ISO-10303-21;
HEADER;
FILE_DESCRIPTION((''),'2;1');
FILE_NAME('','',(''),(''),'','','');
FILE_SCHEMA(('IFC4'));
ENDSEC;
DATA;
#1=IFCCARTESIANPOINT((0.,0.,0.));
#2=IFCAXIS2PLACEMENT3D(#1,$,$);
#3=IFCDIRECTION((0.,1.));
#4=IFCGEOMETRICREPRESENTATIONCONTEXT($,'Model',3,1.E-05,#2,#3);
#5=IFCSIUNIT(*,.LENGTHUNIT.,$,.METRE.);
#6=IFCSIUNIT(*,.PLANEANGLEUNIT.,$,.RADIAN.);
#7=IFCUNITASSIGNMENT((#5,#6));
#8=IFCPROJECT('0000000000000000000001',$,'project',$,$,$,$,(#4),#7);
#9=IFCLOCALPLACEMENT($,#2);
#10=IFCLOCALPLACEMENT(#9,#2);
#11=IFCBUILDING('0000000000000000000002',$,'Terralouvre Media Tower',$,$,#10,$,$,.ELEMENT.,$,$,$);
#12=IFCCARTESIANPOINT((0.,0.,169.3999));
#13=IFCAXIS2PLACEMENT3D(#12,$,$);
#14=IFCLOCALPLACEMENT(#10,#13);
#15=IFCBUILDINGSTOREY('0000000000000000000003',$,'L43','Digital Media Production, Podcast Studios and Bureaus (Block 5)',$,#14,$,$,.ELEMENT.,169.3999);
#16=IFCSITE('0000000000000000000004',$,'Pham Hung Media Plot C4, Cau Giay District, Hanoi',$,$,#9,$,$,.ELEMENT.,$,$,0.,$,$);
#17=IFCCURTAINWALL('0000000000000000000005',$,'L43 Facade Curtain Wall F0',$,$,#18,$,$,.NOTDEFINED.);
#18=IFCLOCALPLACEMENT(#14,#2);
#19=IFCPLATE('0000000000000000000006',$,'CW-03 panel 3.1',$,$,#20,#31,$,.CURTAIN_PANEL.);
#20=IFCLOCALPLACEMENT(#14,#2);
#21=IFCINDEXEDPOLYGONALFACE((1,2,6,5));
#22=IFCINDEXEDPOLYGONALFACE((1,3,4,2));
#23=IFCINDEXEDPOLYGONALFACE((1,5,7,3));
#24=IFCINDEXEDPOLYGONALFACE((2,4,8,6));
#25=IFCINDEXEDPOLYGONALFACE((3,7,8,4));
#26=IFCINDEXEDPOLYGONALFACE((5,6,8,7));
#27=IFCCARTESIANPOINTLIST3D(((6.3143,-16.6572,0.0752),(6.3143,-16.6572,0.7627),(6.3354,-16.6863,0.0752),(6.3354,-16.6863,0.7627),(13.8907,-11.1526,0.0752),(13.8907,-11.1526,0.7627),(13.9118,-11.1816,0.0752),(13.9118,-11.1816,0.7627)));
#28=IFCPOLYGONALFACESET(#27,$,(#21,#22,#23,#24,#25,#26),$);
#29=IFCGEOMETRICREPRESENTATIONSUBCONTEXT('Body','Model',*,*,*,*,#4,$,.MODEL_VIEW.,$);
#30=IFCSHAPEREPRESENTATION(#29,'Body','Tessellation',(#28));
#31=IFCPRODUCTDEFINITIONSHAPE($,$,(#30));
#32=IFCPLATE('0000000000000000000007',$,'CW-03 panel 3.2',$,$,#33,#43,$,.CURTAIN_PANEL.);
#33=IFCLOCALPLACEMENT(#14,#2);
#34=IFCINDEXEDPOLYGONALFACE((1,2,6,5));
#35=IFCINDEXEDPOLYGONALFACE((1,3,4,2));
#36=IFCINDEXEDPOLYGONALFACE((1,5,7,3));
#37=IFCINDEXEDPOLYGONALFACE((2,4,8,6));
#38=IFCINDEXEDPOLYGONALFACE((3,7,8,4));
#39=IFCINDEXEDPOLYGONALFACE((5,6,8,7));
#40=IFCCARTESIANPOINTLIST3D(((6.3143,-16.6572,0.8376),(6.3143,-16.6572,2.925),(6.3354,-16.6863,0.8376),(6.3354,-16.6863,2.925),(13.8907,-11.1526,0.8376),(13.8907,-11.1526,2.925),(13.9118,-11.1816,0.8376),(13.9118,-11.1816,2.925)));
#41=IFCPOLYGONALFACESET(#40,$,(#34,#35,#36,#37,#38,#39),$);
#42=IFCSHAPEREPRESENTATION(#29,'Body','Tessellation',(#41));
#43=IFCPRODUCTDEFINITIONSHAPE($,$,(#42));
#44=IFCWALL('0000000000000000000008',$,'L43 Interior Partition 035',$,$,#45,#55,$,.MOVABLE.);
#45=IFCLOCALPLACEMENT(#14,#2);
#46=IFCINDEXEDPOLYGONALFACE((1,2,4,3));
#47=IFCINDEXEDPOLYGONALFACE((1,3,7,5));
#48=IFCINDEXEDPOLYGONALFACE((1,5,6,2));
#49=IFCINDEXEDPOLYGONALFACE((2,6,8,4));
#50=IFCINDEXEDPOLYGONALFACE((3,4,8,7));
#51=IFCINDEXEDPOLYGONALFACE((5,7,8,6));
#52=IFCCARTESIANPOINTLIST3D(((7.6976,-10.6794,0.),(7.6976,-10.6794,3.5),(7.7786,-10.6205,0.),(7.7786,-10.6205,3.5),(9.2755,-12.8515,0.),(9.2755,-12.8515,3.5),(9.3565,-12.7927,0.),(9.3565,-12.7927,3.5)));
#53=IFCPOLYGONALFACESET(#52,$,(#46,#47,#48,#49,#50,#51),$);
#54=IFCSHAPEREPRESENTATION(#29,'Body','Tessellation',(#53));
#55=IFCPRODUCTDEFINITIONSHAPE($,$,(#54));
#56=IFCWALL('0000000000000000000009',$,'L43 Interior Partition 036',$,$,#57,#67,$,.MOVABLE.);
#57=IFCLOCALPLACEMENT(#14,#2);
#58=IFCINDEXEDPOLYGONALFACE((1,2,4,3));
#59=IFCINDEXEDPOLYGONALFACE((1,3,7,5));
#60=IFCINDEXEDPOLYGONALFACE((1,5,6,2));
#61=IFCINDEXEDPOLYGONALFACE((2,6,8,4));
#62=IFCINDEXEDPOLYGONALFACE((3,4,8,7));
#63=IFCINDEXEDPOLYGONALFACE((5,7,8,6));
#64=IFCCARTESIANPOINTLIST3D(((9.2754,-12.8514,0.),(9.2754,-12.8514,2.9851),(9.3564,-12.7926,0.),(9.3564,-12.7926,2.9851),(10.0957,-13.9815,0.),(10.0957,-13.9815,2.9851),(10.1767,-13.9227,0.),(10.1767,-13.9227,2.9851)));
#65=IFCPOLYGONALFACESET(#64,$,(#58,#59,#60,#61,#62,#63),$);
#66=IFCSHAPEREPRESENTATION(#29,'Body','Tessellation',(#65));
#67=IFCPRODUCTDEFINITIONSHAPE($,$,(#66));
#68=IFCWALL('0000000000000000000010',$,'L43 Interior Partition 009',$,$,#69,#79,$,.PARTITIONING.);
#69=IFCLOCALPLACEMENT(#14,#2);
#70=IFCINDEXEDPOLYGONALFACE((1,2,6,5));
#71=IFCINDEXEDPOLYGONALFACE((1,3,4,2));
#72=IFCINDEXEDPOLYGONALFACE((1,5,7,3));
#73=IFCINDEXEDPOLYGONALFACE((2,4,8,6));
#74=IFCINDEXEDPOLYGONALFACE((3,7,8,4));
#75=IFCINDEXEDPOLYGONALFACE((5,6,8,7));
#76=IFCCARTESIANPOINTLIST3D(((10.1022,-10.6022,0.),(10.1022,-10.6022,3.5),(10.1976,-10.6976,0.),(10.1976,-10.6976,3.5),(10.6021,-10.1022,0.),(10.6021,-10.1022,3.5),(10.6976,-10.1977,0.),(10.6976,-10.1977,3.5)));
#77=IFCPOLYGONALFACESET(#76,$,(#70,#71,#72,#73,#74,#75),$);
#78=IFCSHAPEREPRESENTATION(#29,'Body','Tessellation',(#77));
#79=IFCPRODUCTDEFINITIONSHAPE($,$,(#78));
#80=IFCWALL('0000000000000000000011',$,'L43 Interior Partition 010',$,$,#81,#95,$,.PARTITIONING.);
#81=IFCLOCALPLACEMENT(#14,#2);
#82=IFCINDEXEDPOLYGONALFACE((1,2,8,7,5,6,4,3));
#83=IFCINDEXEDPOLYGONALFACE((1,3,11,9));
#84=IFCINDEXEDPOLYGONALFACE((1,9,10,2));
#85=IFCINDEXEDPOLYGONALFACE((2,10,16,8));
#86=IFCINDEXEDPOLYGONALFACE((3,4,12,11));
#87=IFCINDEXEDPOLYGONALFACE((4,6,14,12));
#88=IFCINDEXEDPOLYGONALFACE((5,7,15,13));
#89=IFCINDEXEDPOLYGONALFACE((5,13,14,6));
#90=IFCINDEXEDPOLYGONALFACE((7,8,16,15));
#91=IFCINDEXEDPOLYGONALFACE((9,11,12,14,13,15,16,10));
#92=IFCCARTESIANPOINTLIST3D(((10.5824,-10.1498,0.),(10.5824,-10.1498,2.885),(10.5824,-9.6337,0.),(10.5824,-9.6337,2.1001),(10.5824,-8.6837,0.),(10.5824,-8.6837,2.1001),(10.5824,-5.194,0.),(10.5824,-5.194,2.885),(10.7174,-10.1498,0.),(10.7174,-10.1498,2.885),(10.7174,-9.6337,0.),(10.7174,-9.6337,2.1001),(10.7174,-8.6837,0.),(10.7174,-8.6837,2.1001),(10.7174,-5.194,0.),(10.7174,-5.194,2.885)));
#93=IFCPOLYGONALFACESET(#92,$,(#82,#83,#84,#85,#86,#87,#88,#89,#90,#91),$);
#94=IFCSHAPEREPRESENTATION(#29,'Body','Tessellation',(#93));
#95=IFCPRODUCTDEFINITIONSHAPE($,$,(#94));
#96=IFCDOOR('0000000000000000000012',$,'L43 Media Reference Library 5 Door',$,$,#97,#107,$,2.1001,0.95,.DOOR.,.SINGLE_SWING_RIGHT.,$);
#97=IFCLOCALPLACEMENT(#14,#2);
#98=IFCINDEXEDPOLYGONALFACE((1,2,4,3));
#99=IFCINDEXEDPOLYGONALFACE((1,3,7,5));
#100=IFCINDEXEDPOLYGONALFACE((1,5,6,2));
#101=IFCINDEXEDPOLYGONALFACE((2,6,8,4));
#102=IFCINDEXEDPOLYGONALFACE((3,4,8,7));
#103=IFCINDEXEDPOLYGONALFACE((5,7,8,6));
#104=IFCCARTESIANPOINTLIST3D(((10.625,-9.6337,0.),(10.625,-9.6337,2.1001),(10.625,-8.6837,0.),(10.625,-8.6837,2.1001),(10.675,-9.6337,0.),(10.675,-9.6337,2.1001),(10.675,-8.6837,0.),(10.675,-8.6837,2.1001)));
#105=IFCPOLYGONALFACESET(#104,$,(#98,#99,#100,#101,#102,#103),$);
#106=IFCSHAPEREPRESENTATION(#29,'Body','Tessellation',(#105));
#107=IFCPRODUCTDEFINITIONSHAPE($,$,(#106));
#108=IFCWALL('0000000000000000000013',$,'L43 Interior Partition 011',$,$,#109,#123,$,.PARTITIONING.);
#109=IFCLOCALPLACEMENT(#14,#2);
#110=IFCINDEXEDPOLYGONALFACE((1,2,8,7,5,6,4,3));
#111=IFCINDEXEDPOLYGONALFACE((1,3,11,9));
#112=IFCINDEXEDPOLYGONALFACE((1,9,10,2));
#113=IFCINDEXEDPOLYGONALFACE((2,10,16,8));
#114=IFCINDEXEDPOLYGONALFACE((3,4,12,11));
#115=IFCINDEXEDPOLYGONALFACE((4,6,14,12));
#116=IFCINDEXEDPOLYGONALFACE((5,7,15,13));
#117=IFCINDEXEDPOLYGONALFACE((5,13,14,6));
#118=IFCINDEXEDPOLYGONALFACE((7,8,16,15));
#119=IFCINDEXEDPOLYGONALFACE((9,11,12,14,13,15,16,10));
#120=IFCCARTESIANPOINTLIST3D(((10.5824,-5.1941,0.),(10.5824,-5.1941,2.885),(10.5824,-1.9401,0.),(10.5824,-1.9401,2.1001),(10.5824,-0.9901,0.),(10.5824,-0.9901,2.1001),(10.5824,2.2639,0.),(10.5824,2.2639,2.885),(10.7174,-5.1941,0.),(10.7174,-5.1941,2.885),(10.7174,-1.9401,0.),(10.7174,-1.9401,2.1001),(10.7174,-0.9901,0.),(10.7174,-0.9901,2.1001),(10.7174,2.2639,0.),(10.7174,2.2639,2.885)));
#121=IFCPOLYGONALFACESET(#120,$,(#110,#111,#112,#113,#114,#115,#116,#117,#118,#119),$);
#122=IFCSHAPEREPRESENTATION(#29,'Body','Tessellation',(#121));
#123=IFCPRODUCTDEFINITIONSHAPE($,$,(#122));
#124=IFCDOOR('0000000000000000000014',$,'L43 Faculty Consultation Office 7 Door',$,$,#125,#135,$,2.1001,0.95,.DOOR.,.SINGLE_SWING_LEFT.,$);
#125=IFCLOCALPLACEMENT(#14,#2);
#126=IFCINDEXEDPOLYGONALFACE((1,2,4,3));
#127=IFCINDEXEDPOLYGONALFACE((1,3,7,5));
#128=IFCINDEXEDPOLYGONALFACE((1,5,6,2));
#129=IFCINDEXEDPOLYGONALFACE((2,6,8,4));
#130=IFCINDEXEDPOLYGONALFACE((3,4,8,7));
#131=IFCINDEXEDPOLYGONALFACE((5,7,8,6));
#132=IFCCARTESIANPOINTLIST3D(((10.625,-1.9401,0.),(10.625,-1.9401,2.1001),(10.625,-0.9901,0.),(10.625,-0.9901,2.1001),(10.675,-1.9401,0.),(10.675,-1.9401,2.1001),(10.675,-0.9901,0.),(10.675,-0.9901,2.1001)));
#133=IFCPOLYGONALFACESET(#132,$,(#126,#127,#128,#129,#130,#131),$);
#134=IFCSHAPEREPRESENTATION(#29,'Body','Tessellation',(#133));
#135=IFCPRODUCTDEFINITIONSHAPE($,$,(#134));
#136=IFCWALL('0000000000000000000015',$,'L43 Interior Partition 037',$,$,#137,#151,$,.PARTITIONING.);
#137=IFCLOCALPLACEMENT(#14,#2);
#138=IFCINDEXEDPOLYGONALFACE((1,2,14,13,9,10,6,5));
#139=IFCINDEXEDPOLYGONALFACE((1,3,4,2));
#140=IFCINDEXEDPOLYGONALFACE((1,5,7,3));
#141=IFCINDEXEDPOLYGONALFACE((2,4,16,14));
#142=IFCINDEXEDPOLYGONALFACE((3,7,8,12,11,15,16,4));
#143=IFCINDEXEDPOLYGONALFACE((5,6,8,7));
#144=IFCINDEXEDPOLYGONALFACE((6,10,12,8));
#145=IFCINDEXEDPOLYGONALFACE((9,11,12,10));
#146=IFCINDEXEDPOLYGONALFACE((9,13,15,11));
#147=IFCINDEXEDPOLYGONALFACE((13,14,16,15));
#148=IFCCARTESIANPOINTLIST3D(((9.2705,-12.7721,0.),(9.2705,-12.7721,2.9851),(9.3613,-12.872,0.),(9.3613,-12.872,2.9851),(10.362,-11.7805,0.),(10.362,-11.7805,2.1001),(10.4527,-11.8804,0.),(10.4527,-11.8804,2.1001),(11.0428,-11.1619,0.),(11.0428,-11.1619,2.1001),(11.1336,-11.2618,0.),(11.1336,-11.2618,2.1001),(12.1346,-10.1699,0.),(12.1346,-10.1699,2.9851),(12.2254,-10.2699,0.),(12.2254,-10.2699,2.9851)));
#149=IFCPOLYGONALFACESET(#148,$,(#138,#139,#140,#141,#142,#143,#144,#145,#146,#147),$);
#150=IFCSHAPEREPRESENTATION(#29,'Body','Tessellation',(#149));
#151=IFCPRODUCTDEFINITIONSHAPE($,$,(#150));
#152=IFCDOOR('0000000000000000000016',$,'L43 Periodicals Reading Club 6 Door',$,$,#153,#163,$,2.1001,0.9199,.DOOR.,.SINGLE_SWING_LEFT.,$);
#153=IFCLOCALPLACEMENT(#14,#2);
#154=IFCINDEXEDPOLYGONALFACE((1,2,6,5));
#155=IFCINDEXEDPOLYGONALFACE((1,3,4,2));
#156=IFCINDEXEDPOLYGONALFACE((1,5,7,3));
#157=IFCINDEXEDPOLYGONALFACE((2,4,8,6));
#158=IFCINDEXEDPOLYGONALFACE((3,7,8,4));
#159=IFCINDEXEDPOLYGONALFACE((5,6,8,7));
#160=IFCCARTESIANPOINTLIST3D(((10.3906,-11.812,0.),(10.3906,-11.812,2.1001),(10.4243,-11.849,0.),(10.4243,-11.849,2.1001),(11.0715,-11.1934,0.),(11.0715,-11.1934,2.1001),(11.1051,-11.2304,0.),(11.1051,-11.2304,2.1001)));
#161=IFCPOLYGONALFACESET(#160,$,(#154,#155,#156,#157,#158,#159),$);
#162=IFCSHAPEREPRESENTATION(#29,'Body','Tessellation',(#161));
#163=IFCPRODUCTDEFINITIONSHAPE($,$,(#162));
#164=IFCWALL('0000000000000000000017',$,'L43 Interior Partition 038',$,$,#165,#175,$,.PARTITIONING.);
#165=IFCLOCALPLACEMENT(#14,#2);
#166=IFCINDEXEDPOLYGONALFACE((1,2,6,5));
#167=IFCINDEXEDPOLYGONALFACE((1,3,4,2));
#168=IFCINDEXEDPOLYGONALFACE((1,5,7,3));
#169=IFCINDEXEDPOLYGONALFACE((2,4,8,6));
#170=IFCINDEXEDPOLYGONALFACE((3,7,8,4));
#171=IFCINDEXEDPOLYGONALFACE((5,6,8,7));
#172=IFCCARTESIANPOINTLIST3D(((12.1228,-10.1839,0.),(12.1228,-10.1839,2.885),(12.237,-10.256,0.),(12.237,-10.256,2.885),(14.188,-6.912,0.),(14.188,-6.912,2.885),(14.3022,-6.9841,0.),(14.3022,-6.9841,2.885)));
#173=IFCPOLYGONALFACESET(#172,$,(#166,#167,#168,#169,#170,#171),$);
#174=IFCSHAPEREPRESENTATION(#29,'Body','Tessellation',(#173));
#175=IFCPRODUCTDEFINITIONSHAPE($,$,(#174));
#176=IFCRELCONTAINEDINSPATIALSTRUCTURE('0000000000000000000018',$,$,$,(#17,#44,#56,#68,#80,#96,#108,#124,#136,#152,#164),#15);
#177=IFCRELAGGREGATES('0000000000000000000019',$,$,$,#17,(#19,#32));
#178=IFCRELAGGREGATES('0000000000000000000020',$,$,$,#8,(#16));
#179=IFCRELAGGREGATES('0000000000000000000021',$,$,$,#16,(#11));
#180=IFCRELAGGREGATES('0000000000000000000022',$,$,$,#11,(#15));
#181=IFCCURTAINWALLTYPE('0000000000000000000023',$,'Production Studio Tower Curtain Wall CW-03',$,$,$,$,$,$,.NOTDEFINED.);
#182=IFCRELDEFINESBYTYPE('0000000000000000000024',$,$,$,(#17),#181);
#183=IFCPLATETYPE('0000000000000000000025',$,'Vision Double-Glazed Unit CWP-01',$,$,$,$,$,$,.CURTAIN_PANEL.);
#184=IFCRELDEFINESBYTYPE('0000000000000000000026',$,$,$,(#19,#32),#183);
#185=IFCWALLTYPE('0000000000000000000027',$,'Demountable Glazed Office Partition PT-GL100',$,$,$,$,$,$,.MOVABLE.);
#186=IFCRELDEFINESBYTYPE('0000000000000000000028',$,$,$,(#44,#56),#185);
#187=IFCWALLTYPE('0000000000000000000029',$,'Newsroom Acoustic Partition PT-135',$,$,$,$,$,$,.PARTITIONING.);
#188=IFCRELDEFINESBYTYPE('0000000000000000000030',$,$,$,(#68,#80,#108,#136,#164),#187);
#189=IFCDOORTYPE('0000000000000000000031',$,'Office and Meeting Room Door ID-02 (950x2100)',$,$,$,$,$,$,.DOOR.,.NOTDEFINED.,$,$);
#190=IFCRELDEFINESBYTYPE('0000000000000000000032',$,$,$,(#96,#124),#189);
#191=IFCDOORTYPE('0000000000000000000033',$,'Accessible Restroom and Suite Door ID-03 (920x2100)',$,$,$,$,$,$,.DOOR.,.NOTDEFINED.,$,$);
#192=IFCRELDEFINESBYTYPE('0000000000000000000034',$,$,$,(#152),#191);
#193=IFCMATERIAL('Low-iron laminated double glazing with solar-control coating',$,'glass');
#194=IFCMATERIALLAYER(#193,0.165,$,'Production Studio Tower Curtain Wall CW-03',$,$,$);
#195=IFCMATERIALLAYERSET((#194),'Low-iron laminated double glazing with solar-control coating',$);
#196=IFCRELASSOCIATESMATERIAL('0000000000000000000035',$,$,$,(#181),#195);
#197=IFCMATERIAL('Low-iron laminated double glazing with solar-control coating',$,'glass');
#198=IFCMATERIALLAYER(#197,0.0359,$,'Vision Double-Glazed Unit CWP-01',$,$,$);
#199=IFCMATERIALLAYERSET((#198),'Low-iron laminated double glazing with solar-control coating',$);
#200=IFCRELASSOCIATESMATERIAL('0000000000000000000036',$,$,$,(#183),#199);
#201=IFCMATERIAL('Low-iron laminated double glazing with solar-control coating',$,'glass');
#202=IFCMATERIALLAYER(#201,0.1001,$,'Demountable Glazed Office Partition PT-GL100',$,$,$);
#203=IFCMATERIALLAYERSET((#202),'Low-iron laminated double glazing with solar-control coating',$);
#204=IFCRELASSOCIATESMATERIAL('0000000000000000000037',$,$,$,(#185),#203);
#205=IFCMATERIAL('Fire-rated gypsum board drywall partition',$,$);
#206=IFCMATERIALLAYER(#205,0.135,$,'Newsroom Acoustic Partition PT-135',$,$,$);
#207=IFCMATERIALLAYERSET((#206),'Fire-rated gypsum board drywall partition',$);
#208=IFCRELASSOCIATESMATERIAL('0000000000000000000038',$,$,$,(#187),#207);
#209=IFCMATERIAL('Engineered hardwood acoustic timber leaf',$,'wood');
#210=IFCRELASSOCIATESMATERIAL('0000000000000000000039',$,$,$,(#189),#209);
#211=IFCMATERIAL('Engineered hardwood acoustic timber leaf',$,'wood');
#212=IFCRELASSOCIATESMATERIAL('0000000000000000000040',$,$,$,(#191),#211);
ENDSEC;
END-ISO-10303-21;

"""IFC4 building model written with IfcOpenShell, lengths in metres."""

from ifc_helpers import new_model, si_unit, direction, frame, frame_2d, origin, origin_2d, place, context, subcontext, project, spatial, rectangle, extrude, material, layer, layer_set, type_object, element, fill, aggregate, save


model = new_model("IFC4")

# Units and contexts
model_context = context("Model", 3, precision=1e-05, world=origin(), true_north=direction((0.0, 1.0)))
body_context = subcontext(model_context, "Body", "Model", "MODEL_VIEW")
ifc_project = project(units=[si_unit("LENGTHUNIT", "METRE"), si_unit("PLANEANGLEUNIT", "RADIAN")], contexts=[model_context])

# Site, building, storey
site_placement = place(None, origin())
site = spatial("IfcSite", under=ifc_project, at=site_placement, Name="Pham Hung Media Plot C4, Cau Giay District, Hanoi", CompositionType="ELEMENT", RefElevation=0.0)
building_placement = place(site_placement, origin())
building = spatial("IfcBuilding", under=site, at=building_placement, Name="Terralouvre Media Tower", CompositionType="ELEMENT")
storey_placement = place(building_placement, frame((0.0, 0.0, 169.3999)))
storey = spatial("IfcBuildingStorey", under=building, at=storey_placement, Name="L43", Description="Digital Media Production, Podcast Studios and Bureaus (Block 5)", CompositionType="ELEMENT", Elevation=169.3999)

# Curtain wall
ifc_material_1 = material(Name="Low-iron laminated double glazing with solar-control coating", Category="glass")
ifc_layer_1 = layer(ifc_material_1, 0.165, Name="Production Studio Tower Curtain Wall CW-03")
ifc_layer_set_1 = layer_set([ifc_layer_1], Name="Low-iron laminated double glazing with solar-control coating")
curtain_wall_type = type_object("IfcCurtainWallType", Name="Production Studio Tower Curtain Wall CW-03", PredefinedType="NOTDEFINED", material=ifc_layer_set_1)
curtain_wall_placement = place(storey_placement, origin())
curtain_wall = element("IfcCurtainWall", 1, at=curtain_wall_placement, inside=storey, type_object=curtain_wall_type, Name="L43 Facade Curtain Wall F0", PredefinedType="NOTDEFINED")

# Plates
ifc_material_2 = material(Name="Low-iron laminated double glazing with solar-control coating", Category="glass")
ifc_layer_2 = layer(ifc_material_2, 0.0359, Name="Vision Double-Glazed Unit CWP-01")
ifc_layer_set_2 = layer_set([ifc_layer_2], Name="Low-iron laminated double glazing with solar-control coating")
plate_type = type_object("IfcPlateType", Name="Vision Double-Glazed Unit CWP-01", PredefinedType="CURTAIN_PANEL", material=ifc_layer_set_2)
plate_1_placement = place(storey_placement, frame((10.113, -13.9194, 0.0752), z_axis=(0.0, 0.0, 1.0), x_axis=(0.809017, 0.587785, 0.0)))
plate_1 = element("IfcPlate", 2, at=plate_1_placement, type_object=plate_type, Name="CW-03 panel 3.1", PredefinedType="CURTAIN_PANEL", context=body_context, shape_type="SweptSolid", body=[
    extrude(rectangle(XDim=9.365, YDim=0.0359, at=origin_2d()), origin(), (0.0, 0.0, 1.0), 0.6875),
])
plate_2_placement = place(storey_placement, frame((10.113, -13.9194, 0.8376), z_axis=(0.0, 0.0, 1.0), x_axis=(0.809017, 0.587785, 0.0)))
plate_2 = element("IfcPlate", 3, at=plate_2_placement, type_object=plate_type, Name="CW-03 panel 3.2", PredefinedType="CURTAIN_PANEL", context=body_context, shape_type="SweptSolid", body=[
    extrude(rectangle(XDim=9.365, YDim=0.0359, at=origin_2d()), origin(), (0.0, 0.0, 1.0), 2.0874),
])
aggregate(curtain_wall, [plate_1, plate_2])

# Walls
ifc_material_3 = material(Name="Low-iron laminated double glazing with solar-control coating", Category="glass")
ifc_layer_3 = layer(ifc_material_3, 0.1001, Name="Demountable Glazed Office Partition PT-GL100")
ifc_layer_set_3 = layer_set([ifc_layer_3], Name="Low-iron laminated double glazing with solar-control coating")
wall_type_1 = type_object("IfcWallType", Name="Demountable Glazed Office Partition PT-GL100", PredefinedType="MOVABLE", material=ifc_layer_set_3)
wall_1_placement = place(storey_placement, frame((9.3159, -12.822, 0.0), z_axis=(0.0, 0.0, 1.0), x_axis=(-0.587723, 0.809062, 0.0)))
element("IfcWall", 4, at=wall_1_placement, inside=storey, type_object=wall_type_1, Name="L43 Interior Partition 035", PredefinedType="MOVABLE", context=body_context, shape_type="SweptSolid", body=[
    extrude(rectangle(XDim=2.6848, YDim=0.1001, at=frame_2d((1.3423, 0.0))), origin(), (0.0, 0.0, 1.0), 3.5),
])
wall_2_placement = place(storey_placement, frame((10.1362, -13.9521, 0.0), z_axis=(0.0, 0.0, 1.0), x_axis=(-0.587423, 0.80928, 0.0)))
element("IfcWall", 5, at=wall_2_placement, inside=storey, type_object=wall_type_1, Name="L43 Interior Partition 036", PredefinedType="MOVABLE", context=body_context, shape_type="SweptSolid", body=[
    extrude(rectangle(XDim=1.3965, YDim=0.1001, at=frame_2d((0.6982, 0.0))), origin(), (0.0, 0.0, 1.0), 2.9851),
])
ifc_material_4 = material(Name="Fire-rated gypsum board drywall partition")
ifc_layer_4 = layer(ifc_material_4, 0.135, Name="Newsroom Acoustic Partition PT-135")
ifc_layer_set_4 = layer_set([ifc_layer_4], Name="Fire-rated gypsum board drywall partition")
wall_type_2 = type_object("IfcWallType", Name="Newsroom Acoustic Partition PT-135", PredefinedType="PARTITIONING", material=ifc_layer_set_4)
wall_3_placement = place(storey_placement, frame((10.1499, -10.6499, 0.0), z_axis=(0.0, 0.0, 1.0), x_axis=(0.707107, 0.707107, 0.0)))
element("IfcWall", 6, at=wall_3_placement, inside=storey, type_object=wall_type_2, Name="L43 Interior Partition 009", PredefinedType="PARTITIONING", context=body_context, shape_type="SweptSolid", body=[
    extrude(rectangle(XDim=0.707, YDim=0.135, at=frame_2d((0.3535, 0.0))), origin(), (0.0, 0.0, 1.0), 3.5),
])

# Walls, openings, doors
wall_4_placement = place(storey_placement, frame((10.6499, -10.1499, 0.0), z_axis=(0.0, 0.0, 1.0), x_axis=(0.0, 1.0, 0.0)))
wall_4 = element("IfcWall", 7, at=wall_4_placement, inside=storey, type_object=wall_type_2, Name="L43 Interior Partition 010", PredefinedType="PARTITIONING", context=body_context, shape_type="SweptSolid", body=[
    extrude(rectangle(XDim=4.9558, YDim=0.135, at=frame_2d((2.478, 0.0))), origin(), (0.0, 0.0, 1.0), 2.885),
])
opening_1_placement = place(wall_4_placement, frame((0.5161, 0.0, 0.0)))
opening_1 = element("IfcOpeningElement", 8, at=opening_1_placement, cuts=wall_4, PredefinedType="OPENING", context=body_context, shape_type="SweptSolid", body=[
    extrude(rectangle(XDim=0.95, YDim=2.1001, at=frame_2d((0.4751, 1.05))), frame((0.0, 0.0774, 0.0), z_axis=(0.0, -1.0, 0.0), x_axis=(1.0, 0.0, 0.0)), (0.0, 0.0, 1.0), 0.155),
])
ifc_material_5 = material(Name="Engineered hardwood acoustic timber leaf", Category="wood")
door_type_1 = type_object("IfcDoorType", Name="Office and Meeting Room Door ID-02 (950x2100)", OperationType="NOTDEFINED", PredefinedType="DOOR", material=ifc_material_5)
door_1_placement = place(opening_1_placement, origin())
door_1 = element("IfcDoor", 9, at=door_1_placement, inside=storey, type_object=door_type_1, Name="L43 Media Reference Library 5 Door", OperationType="SINGLE_SWING_RIGHT", OverallHeight=2.1001, OverallWidth=0.95, PredefinedType="DOOR", context=body_context, shape_type="SweptSolid", body=[
    extrude(rectangle(XDim=0.95, YDim=2.1001, at=frame_2d((0.4751, 1.05))), frame((0.0, 0.0249, 0.0), z_axis=(0.0, -1.0, 0.0), x_axis=(1.0, 0.0, 0.0)), (0.0, 0.0, 1.0), 0.05),
])
fill(opening_1, door_1)
wall_5_placement = place(storey_placement, frame((10.6499, -5.1941, 0.0), z_axis=(0.0, 0.0, 1.0), x_axis=(0.0, 1.0, 0.0)))
wall_5 = element("IfcWall", 10, at=wall_5_placement, inside=storey, type_object=wall_type_2, Name="L43 Interior Partition 011", PredefinedType="PARTITIONING", context=body_context, shape_type="SweptSolid", body=[
    extrude(rectangle(XDim=7.458, YDim=0.135, at=frame_2d((3.729, 0.0))), origin(), (0.0, 0.0, 1.0), 2.885),
])
opening_2_placement = place(wall_5_placement, frame((3.2539, 0.0, 0.0)))
opening_2 = element("IfcOpeningElement", 11, at=opening_2_placement, cuts=wall_5, PredefinedType="OPENING", context=body_context, shape_type="SweptSolid", body=[
    extrude(rectangle(XDim=0.95, YDim=2.1001, at=frame_2d((0.4751, 1.05))), frame((0.0, 0.0774, 0.0), z_axis=(0.0, -1.0, 0.0), x_axis=(1.0, 0.0, 0.0)), (0.0, 0.0, 1.0), 0.155),
])
door_2_placement = place(opening_2_placement, origin())
door_2 = element("IfcDoor", 12, at=door_2_placement, inside=storey, type_object=door_type_1, Name="L43 Faculty Consultation Office 7 Door", OperationType="SINGLE_SWING_LEFT", OverallHeight=2.1001, OverallWidth=0.95, PredefinedType="DOOR", context=body_context, shape_type="SweptSolid", body=[
    extrude(rectangle(XDim=0.95, YDim=2.1001, at=frame_2d((0.4751, 1.05))), frame((0.0, 0.0249, 0.0), z_axis=(0.0, -1.0, 0.0), x_axis=(1.0, 0.0, 0.0)), (0.0, 0.0, 1.0), 0.05),
])
fill(opening_2, door_2)
wall_6_placement = place(storey_placement, frame((9.3159, -12.822, 0.0), z_axis=(0.0, 0.0, 1.0), x_axis=(0.740146, 0.672447, 0.0)))
wall_6 = element("IfcWall", 13, at=wall_6_placement, inside=storey, type_object=wall_type_2, Name="L43 Interior Partition 037", PredefinedType="PARTITIONING", context=body_context, shape_type="SweptSolid", body=[
    extrude(rectangle(XDim=3.8696, YDim=0.135, at=frame_2d((1.9348, 0.0))), origin(), (0.0, 0.0, 1.0), 2.9851),
])
opening_3_placement = place(wall_6_placement, frame((1.4746, 0.0, 0.0)))
opening_3 = element("IfcOpeningElement", 14, at=opening_3_placement, cuts=wall_6, PredefinedType="OPENING", context=body_context, shape_type="SweptSolid", body=[
    extrude(rectangle(XDim=0.9199, YDim=2.1001, at=frame_2d((0.46, 1.05))), frame((0.0, 0.0774, 0.0), z_axis=(0.0, -1.0, 0.0), x_axis=(1.0, 0.0, 0.0)), (0.0, 0.0, 1.0), 0.155),
])
ifc_material_6 = material(Name="Engineered hardwood acoustic timber leaf", Category="wood")
door_type_2 = type_object("IfcDoorType", Name="Accessible Restroom and Suite Door ID-03 (920x2100)", OperationType="NOTDEFINED", PredefinedType="DOOR", material=ifc_material_6)
door_3_placement = place(opening_3_placement, origin())
door_3 = element("IfcDoor", 15, at=door_3_placement, inside=storey, type_object=door_type_2, Name="L43 Periodicals Reading Club 6 Door", OperationType="SINGLE_SWING_LEFT", OverallHeight=2.1001, OverallWidth=0.9199, PredefinedType="DOOR", context=body_context, shape_type="SweptSolid", body=[
    extrude(rectangle(XDim=0.9199, YDim=2.1001, at=frame_2d((0.46, 1.05))), frame((0.0, 0.0249, 0.0), z_axis=(0.0, -1.0, 0.0), x_axis=(1.0, 0.0, 0.0)), (0.0, 0.0, 1.0), 0.05),
])
fill(opening_3, door_3)

# Wall
wall_7_placement = place(storey_placement, frame((12.1799, -10.22, 0.0), z_axis=(0.0, 0.0, 1.0), x_axis=(0.533748, 0.845643, 0.0)))
element("IfcWall", 16, at=wall_7_placement, inside=storey, type_object=wall_type_2, Name="L43 Interior Partition 038", PredefinedType="PARTITIONING", context=body_context, shape_type="SweptSolid", body=[
    extrude(rectangle(XDim=3.8691, YDim=0.135, at=frame_2d((1.9346, 0.0))), origin(), (0.0, 0.0, 1.0), 2.885),
])

save(model, "model.ifc")
